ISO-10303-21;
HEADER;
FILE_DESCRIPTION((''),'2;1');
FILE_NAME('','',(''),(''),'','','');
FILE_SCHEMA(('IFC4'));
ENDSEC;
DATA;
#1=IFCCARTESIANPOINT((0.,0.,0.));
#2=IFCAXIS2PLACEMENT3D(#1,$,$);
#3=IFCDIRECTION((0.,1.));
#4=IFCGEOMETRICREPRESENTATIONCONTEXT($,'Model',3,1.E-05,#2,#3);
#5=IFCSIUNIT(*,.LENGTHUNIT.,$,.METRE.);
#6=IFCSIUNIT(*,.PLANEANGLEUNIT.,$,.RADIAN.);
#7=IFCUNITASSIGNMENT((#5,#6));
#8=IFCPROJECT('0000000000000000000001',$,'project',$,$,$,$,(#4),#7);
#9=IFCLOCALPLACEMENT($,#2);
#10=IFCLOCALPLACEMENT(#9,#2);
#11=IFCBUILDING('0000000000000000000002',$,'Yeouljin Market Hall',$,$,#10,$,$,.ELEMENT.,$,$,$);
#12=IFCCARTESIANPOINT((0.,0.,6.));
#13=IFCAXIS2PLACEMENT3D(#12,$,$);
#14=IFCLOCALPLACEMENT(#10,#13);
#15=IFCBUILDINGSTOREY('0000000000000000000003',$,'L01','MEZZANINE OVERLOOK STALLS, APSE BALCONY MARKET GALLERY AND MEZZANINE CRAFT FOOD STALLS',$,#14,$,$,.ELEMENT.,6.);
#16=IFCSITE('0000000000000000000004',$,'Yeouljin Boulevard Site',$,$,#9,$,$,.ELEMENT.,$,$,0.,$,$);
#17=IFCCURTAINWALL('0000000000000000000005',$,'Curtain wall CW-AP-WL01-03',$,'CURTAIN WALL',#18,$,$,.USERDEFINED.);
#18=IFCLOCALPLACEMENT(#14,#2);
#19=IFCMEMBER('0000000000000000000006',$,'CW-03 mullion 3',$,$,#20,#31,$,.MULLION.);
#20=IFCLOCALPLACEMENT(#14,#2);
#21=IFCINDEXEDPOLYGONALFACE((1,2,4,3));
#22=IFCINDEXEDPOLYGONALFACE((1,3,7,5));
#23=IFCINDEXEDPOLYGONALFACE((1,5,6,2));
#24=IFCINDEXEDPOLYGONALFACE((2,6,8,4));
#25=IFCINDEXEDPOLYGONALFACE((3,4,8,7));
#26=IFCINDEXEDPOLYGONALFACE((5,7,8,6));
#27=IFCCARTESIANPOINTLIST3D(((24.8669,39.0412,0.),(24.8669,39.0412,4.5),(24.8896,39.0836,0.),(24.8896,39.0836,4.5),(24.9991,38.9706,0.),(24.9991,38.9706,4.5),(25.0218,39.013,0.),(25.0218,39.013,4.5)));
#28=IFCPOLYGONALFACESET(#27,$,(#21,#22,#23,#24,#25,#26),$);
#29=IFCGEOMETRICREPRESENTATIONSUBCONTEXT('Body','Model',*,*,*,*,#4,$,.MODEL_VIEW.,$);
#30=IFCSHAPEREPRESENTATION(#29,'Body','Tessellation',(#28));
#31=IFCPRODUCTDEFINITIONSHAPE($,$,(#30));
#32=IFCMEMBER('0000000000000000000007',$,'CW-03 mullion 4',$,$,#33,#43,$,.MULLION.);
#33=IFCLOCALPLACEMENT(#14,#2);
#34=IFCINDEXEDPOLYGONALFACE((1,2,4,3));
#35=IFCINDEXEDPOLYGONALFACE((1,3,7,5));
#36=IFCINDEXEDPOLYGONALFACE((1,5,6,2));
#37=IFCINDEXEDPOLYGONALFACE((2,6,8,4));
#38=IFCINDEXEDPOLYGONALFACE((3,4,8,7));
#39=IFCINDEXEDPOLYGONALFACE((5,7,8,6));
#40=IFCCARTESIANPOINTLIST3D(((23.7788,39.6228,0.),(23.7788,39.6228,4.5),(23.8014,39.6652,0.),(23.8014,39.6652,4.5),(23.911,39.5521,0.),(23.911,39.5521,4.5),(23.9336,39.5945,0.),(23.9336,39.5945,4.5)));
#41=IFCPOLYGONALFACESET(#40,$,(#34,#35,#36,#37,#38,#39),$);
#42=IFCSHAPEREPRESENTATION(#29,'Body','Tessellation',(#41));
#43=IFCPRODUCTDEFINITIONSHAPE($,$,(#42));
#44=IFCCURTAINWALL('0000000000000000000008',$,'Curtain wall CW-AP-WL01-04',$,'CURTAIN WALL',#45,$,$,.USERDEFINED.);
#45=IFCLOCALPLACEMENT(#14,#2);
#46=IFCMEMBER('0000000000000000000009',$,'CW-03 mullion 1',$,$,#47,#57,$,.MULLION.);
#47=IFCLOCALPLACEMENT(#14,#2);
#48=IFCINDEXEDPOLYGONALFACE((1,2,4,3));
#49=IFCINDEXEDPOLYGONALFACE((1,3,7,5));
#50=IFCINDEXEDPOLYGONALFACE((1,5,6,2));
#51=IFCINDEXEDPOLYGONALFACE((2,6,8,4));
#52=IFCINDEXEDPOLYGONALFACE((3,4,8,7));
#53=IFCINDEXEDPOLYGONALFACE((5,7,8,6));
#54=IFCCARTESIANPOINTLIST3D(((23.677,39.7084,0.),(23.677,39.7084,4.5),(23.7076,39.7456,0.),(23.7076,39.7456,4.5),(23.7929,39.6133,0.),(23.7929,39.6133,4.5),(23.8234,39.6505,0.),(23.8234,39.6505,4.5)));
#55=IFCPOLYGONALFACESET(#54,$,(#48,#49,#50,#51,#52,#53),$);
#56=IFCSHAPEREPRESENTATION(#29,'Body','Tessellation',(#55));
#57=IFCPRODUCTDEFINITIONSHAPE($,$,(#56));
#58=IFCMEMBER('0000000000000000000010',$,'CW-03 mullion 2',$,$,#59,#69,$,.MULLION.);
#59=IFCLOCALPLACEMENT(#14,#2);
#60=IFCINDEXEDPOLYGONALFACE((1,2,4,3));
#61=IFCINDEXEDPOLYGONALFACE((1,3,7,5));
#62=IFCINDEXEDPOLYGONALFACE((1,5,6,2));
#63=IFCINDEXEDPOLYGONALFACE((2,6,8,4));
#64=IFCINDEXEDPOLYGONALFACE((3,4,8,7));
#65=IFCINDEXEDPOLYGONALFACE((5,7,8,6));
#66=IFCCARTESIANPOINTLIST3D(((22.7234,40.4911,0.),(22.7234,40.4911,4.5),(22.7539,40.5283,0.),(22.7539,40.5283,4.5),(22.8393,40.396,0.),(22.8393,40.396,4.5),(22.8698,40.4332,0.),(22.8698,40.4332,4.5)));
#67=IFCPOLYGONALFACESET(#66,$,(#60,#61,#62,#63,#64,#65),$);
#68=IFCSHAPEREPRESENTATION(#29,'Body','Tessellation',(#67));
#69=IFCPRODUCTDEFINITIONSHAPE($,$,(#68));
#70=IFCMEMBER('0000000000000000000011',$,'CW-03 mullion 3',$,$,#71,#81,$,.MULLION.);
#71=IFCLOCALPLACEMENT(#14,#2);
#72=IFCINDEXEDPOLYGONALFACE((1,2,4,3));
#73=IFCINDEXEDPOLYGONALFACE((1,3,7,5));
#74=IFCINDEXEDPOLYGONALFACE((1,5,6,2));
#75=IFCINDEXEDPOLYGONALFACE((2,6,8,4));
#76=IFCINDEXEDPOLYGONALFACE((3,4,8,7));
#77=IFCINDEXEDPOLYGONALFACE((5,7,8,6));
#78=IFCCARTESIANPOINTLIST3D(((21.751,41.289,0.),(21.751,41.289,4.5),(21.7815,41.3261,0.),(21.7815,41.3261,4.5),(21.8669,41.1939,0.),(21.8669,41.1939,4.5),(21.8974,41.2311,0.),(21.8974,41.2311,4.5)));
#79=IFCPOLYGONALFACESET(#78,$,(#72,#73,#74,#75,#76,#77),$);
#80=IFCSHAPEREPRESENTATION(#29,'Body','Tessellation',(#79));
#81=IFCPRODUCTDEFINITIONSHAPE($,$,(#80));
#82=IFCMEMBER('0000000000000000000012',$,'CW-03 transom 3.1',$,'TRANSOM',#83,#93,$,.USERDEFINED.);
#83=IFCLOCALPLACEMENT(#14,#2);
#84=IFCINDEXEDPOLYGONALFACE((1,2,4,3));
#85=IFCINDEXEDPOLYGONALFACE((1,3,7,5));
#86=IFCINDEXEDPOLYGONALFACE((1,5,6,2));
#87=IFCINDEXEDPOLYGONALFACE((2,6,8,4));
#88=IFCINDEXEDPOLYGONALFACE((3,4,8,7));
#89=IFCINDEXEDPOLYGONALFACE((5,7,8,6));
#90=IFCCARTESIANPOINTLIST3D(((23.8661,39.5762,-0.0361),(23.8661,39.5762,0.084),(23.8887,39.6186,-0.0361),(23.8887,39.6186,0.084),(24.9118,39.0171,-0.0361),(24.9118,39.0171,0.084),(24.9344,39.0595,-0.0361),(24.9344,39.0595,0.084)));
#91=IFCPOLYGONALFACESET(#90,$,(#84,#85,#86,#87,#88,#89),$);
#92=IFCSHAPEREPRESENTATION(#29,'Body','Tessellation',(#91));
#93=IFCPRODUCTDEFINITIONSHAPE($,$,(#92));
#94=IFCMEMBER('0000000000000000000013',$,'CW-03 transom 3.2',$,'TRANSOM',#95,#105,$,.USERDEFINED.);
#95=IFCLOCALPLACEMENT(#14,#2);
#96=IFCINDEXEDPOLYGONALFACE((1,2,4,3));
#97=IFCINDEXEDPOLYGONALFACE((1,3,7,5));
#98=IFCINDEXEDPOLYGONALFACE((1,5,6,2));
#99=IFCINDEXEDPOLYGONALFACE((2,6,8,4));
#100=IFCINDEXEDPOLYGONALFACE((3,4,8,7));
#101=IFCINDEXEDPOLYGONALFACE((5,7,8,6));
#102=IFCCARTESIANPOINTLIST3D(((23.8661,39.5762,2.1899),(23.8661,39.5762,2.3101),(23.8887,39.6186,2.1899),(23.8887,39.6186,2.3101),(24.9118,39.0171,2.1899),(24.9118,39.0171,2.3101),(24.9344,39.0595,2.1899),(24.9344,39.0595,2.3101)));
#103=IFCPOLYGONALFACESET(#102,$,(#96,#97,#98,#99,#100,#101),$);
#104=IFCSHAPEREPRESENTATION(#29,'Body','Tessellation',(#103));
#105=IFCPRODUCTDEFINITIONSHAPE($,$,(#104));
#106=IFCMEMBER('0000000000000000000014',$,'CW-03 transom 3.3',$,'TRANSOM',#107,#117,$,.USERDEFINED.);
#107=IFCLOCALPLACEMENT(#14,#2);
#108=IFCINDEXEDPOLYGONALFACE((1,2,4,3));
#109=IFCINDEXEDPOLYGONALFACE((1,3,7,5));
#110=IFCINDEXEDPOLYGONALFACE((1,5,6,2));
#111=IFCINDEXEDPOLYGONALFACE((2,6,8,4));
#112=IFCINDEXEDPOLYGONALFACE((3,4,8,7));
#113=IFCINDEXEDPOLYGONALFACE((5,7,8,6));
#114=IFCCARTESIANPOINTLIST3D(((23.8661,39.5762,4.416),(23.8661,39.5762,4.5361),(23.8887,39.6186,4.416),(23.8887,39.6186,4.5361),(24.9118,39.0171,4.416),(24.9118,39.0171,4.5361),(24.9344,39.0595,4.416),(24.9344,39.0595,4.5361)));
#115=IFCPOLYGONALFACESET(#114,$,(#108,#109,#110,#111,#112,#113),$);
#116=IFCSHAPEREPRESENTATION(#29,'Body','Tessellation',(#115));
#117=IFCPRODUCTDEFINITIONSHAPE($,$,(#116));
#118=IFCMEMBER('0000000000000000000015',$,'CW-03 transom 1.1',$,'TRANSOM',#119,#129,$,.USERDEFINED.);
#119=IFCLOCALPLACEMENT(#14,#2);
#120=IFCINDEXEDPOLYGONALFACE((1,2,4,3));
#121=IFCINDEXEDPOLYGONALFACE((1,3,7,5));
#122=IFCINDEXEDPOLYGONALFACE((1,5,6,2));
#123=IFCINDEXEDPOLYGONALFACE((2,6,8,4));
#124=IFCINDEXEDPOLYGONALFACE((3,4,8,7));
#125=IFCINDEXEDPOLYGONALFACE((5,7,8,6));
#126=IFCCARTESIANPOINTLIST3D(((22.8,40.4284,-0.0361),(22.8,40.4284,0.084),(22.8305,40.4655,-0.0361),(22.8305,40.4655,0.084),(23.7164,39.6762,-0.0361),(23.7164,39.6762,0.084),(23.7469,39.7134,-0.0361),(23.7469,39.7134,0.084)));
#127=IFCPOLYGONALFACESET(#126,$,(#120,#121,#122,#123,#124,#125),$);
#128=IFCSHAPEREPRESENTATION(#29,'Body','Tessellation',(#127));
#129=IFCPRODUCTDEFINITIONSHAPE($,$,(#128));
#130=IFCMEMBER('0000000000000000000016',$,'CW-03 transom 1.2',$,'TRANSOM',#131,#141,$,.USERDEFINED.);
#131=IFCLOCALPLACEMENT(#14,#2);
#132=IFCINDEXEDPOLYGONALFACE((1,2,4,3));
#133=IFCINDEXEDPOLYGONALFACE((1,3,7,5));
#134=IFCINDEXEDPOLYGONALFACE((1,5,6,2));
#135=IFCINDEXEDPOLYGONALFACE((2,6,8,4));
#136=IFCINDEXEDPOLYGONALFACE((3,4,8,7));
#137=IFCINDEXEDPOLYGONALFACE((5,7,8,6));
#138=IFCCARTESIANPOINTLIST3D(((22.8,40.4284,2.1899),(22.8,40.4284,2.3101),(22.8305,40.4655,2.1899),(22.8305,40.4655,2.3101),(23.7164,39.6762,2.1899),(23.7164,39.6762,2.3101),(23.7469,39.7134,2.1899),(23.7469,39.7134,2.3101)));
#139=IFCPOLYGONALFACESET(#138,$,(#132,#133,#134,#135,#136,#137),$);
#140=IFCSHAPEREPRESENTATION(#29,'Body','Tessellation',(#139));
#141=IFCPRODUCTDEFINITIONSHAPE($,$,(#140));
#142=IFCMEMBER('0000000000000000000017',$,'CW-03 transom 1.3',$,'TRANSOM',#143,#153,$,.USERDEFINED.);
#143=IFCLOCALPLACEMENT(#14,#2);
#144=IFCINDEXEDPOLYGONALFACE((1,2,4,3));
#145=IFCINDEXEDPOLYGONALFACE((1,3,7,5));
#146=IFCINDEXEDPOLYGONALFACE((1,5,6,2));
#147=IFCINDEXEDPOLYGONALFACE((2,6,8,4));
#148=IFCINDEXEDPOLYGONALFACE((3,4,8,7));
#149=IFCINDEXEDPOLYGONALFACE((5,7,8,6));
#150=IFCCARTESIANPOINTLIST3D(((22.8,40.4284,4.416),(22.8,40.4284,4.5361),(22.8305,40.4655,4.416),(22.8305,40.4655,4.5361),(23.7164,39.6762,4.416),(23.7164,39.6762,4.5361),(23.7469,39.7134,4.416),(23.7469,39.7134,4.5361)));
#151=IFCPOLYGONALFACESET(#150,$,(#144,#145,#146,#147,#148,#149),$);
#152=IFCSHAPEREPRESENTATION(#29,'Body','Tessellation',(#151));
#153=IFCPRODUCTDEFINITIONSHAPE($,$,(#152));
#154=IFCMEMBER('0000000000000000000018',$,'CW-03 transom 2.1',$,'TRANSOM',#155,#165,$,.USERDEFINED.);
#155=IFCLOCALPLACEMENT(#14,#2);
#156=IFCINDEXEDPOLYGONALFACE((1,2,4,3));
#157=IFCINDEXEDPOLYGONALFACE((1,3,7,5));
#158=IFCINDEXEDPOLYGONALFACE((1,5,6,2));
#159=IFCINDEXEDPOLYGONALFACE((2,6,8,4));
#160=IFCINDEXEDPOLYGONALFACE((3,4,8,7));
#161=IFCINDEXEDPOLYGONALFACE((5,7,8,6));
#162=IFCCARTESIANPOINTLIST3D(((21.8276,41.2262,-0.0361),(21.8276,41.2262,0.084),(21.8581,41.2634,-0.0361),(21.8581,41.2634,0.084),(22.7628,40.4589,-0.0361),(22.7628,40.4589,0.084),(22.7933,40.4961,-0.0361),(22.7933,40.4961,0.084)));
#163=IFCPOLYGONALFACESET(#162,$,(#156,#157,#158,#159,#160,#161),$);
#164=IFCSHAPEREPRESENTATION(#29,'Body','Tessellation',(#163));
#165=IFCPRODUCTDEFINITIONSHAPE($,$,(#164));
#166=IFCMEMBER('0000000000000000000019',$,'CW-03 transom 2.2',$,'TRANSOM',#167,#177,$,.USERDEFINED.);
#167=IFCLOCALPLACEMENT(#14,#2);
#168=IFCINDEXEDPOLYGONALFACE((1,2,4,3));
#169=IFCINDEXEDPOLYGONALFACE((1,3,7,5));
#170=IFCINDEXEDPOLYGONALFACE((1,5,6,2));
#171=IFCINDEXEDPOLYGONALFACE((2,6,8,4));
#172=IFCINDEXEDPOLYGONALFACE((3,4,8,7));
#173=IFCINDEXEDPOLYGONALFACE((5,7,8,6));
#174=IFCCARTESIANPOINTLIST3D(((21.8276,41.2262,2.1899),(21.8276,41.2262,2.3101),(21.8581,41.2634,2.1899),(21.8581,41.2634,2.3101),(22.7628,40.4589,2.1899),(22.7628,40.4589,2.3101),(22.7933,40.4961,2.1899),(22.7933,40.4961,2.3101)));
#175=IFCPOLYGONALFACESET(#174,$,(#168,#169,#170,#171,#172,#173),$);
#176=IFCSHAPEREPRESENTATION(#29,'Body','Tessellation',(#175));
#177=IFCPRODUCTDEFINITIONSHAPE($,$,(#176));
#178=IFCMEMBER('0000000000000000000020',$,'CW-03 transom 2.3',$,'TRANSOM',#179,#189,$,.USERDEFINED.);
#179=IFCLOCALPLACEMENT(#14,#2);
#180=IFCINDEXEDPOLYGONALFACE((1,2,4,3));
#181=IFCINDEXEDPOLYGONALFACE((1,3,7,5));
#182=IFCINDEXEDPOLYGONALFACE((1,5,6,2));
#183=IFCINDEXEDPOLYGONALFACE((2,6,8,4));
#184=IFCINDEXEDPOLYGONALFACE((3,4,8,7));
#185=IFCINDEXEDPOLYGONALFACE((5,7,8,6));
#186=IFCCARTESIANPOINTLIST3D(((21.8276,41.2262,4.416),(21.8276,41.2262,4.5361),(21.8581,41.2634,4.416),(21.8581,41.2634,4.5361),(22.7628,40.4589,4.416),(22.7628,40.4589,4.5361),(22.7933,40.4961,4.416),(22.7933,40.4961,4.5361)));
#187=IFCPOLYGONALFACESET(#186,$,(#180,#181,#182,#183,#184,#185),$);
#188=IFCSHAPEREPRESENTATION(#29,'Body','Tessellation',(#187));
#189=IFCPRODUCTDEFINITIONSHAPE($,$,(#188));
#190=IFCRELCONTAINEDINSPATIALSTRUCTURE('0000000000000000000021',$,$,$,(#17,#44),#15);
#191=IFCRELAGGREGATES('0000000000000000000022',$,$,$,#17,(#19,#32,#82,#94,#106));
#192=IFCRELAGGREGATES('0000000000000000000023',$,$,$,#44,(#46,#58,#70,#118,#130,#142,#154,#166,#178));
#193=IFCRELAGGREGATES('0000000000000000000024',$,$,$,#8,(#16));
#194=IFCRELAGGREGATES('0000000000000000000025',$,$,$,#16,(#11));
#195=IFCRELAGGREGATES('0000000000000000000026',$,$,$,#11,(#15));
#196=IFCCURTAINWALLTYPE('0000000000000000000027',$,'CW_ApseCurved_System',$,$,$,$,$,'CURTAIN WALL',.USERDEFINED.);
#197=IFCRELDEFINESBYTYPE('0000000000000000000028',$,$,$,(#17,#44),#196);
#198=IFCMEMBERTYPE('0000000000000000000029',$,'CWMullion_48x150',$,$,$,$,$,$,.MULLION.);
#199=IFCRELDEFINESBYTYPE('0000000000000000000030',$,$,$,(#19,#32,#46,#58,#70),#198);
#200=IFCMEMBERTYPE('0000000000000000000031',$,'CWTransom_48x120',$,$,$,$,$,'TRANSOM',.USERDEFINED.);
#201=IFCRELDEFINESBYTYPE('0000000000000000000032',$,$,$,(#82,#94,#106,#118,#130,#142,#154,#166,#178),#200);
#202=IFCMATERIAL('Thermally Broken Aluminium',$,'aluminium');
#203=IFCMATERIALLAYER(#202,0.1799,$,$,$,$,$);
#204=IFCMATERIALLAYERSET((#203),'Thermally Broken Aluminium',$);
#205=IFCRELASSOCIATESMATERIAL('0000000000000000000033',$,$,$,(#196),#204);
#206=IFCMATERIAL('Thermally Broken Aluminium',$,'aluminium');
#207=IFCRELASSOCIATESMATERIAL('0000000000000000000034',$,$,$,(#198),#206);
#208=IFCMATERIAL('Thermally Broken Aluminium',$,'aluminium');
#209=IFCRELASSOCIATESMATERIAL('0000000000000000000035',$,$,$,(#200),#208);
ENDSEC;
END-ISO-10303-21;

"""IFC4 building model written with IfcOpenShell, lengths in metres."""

from ifc_helpers import new_model, si_unit, direction, frame, origin, origin_2d, place, context, subcontext, project, spatial, rectangle, extrude, material, layer, layer_set, material_profile, profile_set, type_object, element, aggregate, save


model = new_model("IFC4")

# Units and contexts
model_context = context("Model", 3, precision=1e-05, world=origin(), true_north=direction((0.0, 1.0)))
body_context = subcontext(model_context, "Body", "Model", "MODEL_VIEW")
ifc_project = project(units=[si_unit("LENGTHUNIT", "METRE"), si_unit("PLANEANGLEUNIT", "RADIAN")], contexts=[model_context])

# Site, building, storey
site_placement = place(None, origin())
site = spatial("IfcSite", under=ifc_project, at=site_placement, Name="Yeouljin Boulevard Site", CompositionType="ELEMENT", RefElevation=0.0)
building_placement = place(site_placement, origin())
building = spatial("IfcBuilding", under=site, at=building_placement, Name="Yeouljin Market Hall", CompositionType="ELEMENT")
storey_placement = place(building_placement, frame((0.0, 0.0, 6.0)))
storey = spatial("IfcBuildingStorey", under=building, at=storey_placement, Name="L01", Description="MEZZANINE OVERLOOK STALLS, APSE BALCONY MARKET GALLERY AND MEZZANINE CRAFT FOOD STALLS", CompositionType="ELEMENT", Elevation=6.0)

# Curtain walls, members
ifc_material_1 = material(Name="Thermally Broken Aluminium", Category="aluminium")
ifc_layer_1 = layer(ifc_material_1, 0.1799)
ifc_layer_set_1 = layer_set([ifc_layer_1], Name="Thermally Broken Aluminium")
curtain_wall_type = type_object("IfcCurtainWallType", Name="CW_ApseCurved_System", ElementType="CURTAIN WALL", PredefinedType="USERDEFINED", material=ifc_layer_set_1)
curtain_wall_1_placement = place(storey_placement, origin())
curtain_wall_1 = element("IfcCurtainWall", 1, at=curtain_wall_1_placement, inside=storey, type_object=curtain_wall_type, Name="Curtain wall CW-AP-WL01-03", ObjectType="CURTAIN WALL", PredefinedType="USERDEFINED")
ifc_material_2 = material(Name="Thermally Broken Aluminium", Category="aluminium")
ifc_material_profile_1 = material_profile(ifc_material_2, rectangle(XDim=0.0481, YDim=0.1499, at=origin_2d()), Name="CW-MULL-48x150")
ifc_profile_set_1 = profile_set([ifc_material_profile_1], Name="Thermally Broken Aluminium")
member_type_1 = type_object("IfcMemberType", Name="CWMullion_48x150", PredefinedType="MULLION", material=ifc_profile_set_1)
member_1_placement = place(storey_placement, frame((24.9443, 39.0271, 0.0), z_axis=(0.0, 0.0, 1.0), x_axis=(-0.471378, -0.881931, 0.0)))
member_1 = element("IfcMember", 2, at=member_1_placement, type_object=member_type_1, Name="CW-03 mullion 3", PredefinedType="MULLION", context=body_context, shape_type="SweptSolid", body=[
    extrude(rectangle(XDim=0.0481, YDim=0.1499, at=origin_2d()), origin(), (0.0, 0.0, 1.0), 4.5),
])
member_2_placement = place(storey_placement, frame((23.8562, 39.6086, 0.0), z_axis=(0.0, 0.0, 1.0), x_axis=(-0.471378, -0.881931, 0.0)))
member_2 = element("IfcMember", 3, at=member_2_placement, type_object=member_type_1, Name="CW-03 mullion 4", PredefinedType="MULLION", context=body_context, shape_type="SweptSolid", body=[
    extrude(rectangle(XDim=0.0481, YDim=0.1499, at=origin_2d()), origin(), (0.0, 0.0, 1.0), 4.5),
])
curtain_wall_2_placement = place(storey_placement, origin())
curtain_wall_2 = element("IfcCurtainWall", 4, at=curtain_wall_2_placement, inside=storey, type_object=curtain_wall_type, Name="Curtain wall CW-AP-WL01-04", ObjectType="CURTAIN WALL", PredefinedType="USERDEFINED")
member_3_placement = place(storey_placement, frame((23.7502, 39.6794, 0.0), z_axis=(0.0, 0.0, 1.0), x_axis=(-0.634384, -0.773018, 0.0)))
member_3 = element("IfcMember", 5, at=member_3_placement, type_object=member_type_1, Name="CW-03 mullion 1", PredefinedType="MULLION", context=body_context, shape_type="SweptSolid", body=[
    extrude(rectangle(XDim=0.0481, YDim=0.1499, at=origin_2d()), origin(), (0.0, 0.0, 1.0), 4.5),
])
member_4_placement = place(storey_placement, frame((22.7966, 40.4622, 0.0), z_axis=(0.0, 0.0, 1.0), x_axis=(-0.634384, -0.773018, 0.0)))
member_4 = element("IfcMember", 6, at=member_4_placement, type_object=member_type_1, Name="CW-03 mullion 2", PredefinedType="MULLION", context=body_context, shape_type="SweptSolid", body=[
    extrude(rectangle(XDim=0.0481, YDim=0.1499, at=origin_2d()), origin(), (0.0, 0.0, 1.0), 4.5),
])
member_5_placement = place(storey_placement, frame((21.8242, 41.26, 0.0), z_axis=(0.0, 0.0, 1.0), x_axis=(-0.634384, -0.773018, 0.0)))
member_5 = element("IfcMember", 7, at=member_5_placement, type_object=member_type_1, Name="CW-03 mullion 3", PredefinedType="MULLION", context=body_context, shape_type="SweptSolid", body=[
    extrude(rectangle(XDim=0.0481, YDim=0.1499, at=origin_2d()), origin(), (0.0, 0.0, 1.0), 4.5),
])

# Members
ifc_material_3 = material(Name="Thermally Broken Aluminium", Category="aluminium")
ifc_material_profile_2 = material_profile(ifc_material_3, rectangle(XDim=0.0481, YDim=0.1201, at=origin_2d()), Name="CW-TRAN-48x120")
ifc_profile_set_2 = profile_set([ifc_material_profile_2], Name="Thermally Broken Aluminium")
member_type_2 = type_object("IfcMemberType", Name="CWTransom_48x120", ElementType="TRANSOM", PredefinedType="USERDEFINED", material=ifc_profile_set_2)
member_6_placement = place(storey_placement, frame((24.9231, 39.0383, 0.0239), z_axis=(-0.881862, 0.471507, 0.0), x_axis=(-0.471507, -0.881862, 0.0)))
member_6 = element("IfcMember", 8, at=member_6_placement, type_object=member_type_2, Name="CW-03 transom 3.1", ObjectType="TRANSOM", PredefinedType="USERDEFINED", context=body_context, shape_type="SweptSolid", body=[
    extrude(rectangle(XDim=0.0481, YDim=0.1201, at=origin_2d()), origin(), (0.0, 0.0, 1.0), 1.1858),
])
member_7_placement = place(storey_placement, frame((24.9231, 39.0383, 2.25), z_axis=(-0.881862, 0.471507, 0.0), x_axis=(-0.471507, -0.881862, 0.0)))
member_7 = element("IfcMember", 9, at=member_7_placement, type_object=member_type_2, Name="CW-03 transom 3.2", ObjectType="TRANSOM", PredefinedType="USERDEFINED", context=body_context, shape_type="SweptSolid", body=[
    extrude(rectangle(XDim=0.0481, YDim=0.1201, at=origin_2d()), origin(), (0.0, 0.0, 1.0), 1.1858),
])
member_8_placement = place(storey_placement, frame((24.9231, 39.0383, 4.4761), z_axis=(-0.881862, 0.471507, 0.0), x_axis=(-0.471507, -0.881862, 0.0)))
member_8 = element("IfcMember", 10, at=member_8_placement, type_object=member_type_2, Name="CW-03 transom 3.3", ObjectType="TRANSOM", PredefinedType="USERDEFINED", context=body_context, shape_type="SweptSolid", body=[
    extrude(rectangle(XDim=0.0481, YDim=0.1201, at=origin_2d()), origin(), (0.0, 0.0, 1.0), 1.1858),
])
member_9_placement = place(storey_placement, frame((23.7317, 39.6948, 0.0239), z_axis=(-0.772993, 0.634414, 0.0), x_axis=(-0.634414, -0.772993, 0.0)))
member_9 = element("IfcMember", 11, at=member_9_placement, type_object=member_type_2, Name="CW-03 transom 1.1", ObjectType="TRANSOM", PredefinedType="USERDEFINED", context=body_context, shape_type="SweptSolid", body=[
    extrude(rectangle(XDim=0.0481, YDim=0.1201, at=origin_2d()), origin(), (0.0, 0.0, 1.0), 1.1855),
])
member_10_placement = place(storey_placement, frame((23.7317, 39.6948, 2.25), z_axis=(-0.772993, 0.634414, 0.0), x_axis=(-0.634414, -0.772993, 0.0)))
member_10 = element("IfcMember", 12, at=member_10_placement, type_object=member_type_2, Name="CW-03 transom 1.2", ObjectType="TRANSOM", PredefinedType="USERDEFINED", context=body_context, shape_type="SweptSolid", body=[
    extrude(rectangle(XDim=0.0481, YDim=0.1201, at=origin_2d()), origin(), (0.0, 0.0, 1.0), 1.1855),
])
member_11_placement = place(storey_placement, frame((23.7317, 39.6948, 4.4761), z_axis=(-0.772993, 0.634414, 0.0), x_axis=(-0.634414, -0.772993, 0.0)))
member_11 = element("IfcMember", 13, at=member_11_placement, type_object=member_type_2, Name="CW-03 transom 1.3", ObjectType="TRANSOM", PredefinedType="USERDEFINED", context=body_context, shape_type="SweptSolid", body=[
    extrude(rectangle(XDim=0.0481, YDim=0.1201, at=origin_2d()), origin(), (0.0, 0.0, 1.0), 1.1855),
])
member_12_placement = place(storey_placement, frame((22.7781, 40.4775, 0.0239), z_axis=(-0.773111, 0.63427, 0.0), x_axis=(-0.63427, -0.773111, 0.0)))
member_12 = element("IfcMember", 14, at=member_12_placement, type_object=member_type_2, Name="CW-03 transom 2.1", ObjectType="TRANSOM", PredefinedType="USERDEFINED", context=body_context, shape_type="SweptSolid", body=[
    extrude(rectangle(XDim=0.0481, YDim=0.1201, at=origin_2d()), origin(), (0.0, 0.0, 1.0), 1.2097),
])
member_13_placement = place(storey_placement, frame((22.7781, 40.4775, 2.25), z_axis=(-0.773111, 0.63427, 0.0), x_axis=(-0.63427, -0.773111, 0.0)))
member_13 = element("IfcMember", 15, at=member_13_placement, type_object=member_type_2, Name="CW-03 transom 2.2", ObjectType="TRANSOM", PredefinedType="USERDEFINED", context=body_context, shape_type="SweptSolid", body=[
    extrude(rectangle(XDim=0.0481, YDim=0.1201, at=origin_2d()), origin(), (0.0, 0.0, 1.0), 1.2097),
])
member_14_placement = place(storey_placement, frame((22.7781, 40.4775, 4.4761), z_axis=(-0.773111, 0.63427, 0.0), x_axis=(-0.63427, -0.773111, 0.0)))
member_14 = element("IfcMember", 16, at=member_14_placement, type_object=member_type_2, Name="CW-03 transom 2.3", ObjectType="TRANSOM", PredefinedType="USERDEFINED", context=body_context, shape_type="SweptSolid", body=[
    extrude(rectangle(XDim=0.0481, YDim=0.1201, at=origin_2d()), origin(), (0.0, 0.0, 1.0), 1.2097),
])

aggregate(curtain_wall_1, [member_1, member_2, member_6, member_7, member_8])
aggregate(curtain_wall_2, [member_3, member_4, member_5, member_9, member_10, member_11, member_12, member_13, member_14])

save(model, "model.ifc")
